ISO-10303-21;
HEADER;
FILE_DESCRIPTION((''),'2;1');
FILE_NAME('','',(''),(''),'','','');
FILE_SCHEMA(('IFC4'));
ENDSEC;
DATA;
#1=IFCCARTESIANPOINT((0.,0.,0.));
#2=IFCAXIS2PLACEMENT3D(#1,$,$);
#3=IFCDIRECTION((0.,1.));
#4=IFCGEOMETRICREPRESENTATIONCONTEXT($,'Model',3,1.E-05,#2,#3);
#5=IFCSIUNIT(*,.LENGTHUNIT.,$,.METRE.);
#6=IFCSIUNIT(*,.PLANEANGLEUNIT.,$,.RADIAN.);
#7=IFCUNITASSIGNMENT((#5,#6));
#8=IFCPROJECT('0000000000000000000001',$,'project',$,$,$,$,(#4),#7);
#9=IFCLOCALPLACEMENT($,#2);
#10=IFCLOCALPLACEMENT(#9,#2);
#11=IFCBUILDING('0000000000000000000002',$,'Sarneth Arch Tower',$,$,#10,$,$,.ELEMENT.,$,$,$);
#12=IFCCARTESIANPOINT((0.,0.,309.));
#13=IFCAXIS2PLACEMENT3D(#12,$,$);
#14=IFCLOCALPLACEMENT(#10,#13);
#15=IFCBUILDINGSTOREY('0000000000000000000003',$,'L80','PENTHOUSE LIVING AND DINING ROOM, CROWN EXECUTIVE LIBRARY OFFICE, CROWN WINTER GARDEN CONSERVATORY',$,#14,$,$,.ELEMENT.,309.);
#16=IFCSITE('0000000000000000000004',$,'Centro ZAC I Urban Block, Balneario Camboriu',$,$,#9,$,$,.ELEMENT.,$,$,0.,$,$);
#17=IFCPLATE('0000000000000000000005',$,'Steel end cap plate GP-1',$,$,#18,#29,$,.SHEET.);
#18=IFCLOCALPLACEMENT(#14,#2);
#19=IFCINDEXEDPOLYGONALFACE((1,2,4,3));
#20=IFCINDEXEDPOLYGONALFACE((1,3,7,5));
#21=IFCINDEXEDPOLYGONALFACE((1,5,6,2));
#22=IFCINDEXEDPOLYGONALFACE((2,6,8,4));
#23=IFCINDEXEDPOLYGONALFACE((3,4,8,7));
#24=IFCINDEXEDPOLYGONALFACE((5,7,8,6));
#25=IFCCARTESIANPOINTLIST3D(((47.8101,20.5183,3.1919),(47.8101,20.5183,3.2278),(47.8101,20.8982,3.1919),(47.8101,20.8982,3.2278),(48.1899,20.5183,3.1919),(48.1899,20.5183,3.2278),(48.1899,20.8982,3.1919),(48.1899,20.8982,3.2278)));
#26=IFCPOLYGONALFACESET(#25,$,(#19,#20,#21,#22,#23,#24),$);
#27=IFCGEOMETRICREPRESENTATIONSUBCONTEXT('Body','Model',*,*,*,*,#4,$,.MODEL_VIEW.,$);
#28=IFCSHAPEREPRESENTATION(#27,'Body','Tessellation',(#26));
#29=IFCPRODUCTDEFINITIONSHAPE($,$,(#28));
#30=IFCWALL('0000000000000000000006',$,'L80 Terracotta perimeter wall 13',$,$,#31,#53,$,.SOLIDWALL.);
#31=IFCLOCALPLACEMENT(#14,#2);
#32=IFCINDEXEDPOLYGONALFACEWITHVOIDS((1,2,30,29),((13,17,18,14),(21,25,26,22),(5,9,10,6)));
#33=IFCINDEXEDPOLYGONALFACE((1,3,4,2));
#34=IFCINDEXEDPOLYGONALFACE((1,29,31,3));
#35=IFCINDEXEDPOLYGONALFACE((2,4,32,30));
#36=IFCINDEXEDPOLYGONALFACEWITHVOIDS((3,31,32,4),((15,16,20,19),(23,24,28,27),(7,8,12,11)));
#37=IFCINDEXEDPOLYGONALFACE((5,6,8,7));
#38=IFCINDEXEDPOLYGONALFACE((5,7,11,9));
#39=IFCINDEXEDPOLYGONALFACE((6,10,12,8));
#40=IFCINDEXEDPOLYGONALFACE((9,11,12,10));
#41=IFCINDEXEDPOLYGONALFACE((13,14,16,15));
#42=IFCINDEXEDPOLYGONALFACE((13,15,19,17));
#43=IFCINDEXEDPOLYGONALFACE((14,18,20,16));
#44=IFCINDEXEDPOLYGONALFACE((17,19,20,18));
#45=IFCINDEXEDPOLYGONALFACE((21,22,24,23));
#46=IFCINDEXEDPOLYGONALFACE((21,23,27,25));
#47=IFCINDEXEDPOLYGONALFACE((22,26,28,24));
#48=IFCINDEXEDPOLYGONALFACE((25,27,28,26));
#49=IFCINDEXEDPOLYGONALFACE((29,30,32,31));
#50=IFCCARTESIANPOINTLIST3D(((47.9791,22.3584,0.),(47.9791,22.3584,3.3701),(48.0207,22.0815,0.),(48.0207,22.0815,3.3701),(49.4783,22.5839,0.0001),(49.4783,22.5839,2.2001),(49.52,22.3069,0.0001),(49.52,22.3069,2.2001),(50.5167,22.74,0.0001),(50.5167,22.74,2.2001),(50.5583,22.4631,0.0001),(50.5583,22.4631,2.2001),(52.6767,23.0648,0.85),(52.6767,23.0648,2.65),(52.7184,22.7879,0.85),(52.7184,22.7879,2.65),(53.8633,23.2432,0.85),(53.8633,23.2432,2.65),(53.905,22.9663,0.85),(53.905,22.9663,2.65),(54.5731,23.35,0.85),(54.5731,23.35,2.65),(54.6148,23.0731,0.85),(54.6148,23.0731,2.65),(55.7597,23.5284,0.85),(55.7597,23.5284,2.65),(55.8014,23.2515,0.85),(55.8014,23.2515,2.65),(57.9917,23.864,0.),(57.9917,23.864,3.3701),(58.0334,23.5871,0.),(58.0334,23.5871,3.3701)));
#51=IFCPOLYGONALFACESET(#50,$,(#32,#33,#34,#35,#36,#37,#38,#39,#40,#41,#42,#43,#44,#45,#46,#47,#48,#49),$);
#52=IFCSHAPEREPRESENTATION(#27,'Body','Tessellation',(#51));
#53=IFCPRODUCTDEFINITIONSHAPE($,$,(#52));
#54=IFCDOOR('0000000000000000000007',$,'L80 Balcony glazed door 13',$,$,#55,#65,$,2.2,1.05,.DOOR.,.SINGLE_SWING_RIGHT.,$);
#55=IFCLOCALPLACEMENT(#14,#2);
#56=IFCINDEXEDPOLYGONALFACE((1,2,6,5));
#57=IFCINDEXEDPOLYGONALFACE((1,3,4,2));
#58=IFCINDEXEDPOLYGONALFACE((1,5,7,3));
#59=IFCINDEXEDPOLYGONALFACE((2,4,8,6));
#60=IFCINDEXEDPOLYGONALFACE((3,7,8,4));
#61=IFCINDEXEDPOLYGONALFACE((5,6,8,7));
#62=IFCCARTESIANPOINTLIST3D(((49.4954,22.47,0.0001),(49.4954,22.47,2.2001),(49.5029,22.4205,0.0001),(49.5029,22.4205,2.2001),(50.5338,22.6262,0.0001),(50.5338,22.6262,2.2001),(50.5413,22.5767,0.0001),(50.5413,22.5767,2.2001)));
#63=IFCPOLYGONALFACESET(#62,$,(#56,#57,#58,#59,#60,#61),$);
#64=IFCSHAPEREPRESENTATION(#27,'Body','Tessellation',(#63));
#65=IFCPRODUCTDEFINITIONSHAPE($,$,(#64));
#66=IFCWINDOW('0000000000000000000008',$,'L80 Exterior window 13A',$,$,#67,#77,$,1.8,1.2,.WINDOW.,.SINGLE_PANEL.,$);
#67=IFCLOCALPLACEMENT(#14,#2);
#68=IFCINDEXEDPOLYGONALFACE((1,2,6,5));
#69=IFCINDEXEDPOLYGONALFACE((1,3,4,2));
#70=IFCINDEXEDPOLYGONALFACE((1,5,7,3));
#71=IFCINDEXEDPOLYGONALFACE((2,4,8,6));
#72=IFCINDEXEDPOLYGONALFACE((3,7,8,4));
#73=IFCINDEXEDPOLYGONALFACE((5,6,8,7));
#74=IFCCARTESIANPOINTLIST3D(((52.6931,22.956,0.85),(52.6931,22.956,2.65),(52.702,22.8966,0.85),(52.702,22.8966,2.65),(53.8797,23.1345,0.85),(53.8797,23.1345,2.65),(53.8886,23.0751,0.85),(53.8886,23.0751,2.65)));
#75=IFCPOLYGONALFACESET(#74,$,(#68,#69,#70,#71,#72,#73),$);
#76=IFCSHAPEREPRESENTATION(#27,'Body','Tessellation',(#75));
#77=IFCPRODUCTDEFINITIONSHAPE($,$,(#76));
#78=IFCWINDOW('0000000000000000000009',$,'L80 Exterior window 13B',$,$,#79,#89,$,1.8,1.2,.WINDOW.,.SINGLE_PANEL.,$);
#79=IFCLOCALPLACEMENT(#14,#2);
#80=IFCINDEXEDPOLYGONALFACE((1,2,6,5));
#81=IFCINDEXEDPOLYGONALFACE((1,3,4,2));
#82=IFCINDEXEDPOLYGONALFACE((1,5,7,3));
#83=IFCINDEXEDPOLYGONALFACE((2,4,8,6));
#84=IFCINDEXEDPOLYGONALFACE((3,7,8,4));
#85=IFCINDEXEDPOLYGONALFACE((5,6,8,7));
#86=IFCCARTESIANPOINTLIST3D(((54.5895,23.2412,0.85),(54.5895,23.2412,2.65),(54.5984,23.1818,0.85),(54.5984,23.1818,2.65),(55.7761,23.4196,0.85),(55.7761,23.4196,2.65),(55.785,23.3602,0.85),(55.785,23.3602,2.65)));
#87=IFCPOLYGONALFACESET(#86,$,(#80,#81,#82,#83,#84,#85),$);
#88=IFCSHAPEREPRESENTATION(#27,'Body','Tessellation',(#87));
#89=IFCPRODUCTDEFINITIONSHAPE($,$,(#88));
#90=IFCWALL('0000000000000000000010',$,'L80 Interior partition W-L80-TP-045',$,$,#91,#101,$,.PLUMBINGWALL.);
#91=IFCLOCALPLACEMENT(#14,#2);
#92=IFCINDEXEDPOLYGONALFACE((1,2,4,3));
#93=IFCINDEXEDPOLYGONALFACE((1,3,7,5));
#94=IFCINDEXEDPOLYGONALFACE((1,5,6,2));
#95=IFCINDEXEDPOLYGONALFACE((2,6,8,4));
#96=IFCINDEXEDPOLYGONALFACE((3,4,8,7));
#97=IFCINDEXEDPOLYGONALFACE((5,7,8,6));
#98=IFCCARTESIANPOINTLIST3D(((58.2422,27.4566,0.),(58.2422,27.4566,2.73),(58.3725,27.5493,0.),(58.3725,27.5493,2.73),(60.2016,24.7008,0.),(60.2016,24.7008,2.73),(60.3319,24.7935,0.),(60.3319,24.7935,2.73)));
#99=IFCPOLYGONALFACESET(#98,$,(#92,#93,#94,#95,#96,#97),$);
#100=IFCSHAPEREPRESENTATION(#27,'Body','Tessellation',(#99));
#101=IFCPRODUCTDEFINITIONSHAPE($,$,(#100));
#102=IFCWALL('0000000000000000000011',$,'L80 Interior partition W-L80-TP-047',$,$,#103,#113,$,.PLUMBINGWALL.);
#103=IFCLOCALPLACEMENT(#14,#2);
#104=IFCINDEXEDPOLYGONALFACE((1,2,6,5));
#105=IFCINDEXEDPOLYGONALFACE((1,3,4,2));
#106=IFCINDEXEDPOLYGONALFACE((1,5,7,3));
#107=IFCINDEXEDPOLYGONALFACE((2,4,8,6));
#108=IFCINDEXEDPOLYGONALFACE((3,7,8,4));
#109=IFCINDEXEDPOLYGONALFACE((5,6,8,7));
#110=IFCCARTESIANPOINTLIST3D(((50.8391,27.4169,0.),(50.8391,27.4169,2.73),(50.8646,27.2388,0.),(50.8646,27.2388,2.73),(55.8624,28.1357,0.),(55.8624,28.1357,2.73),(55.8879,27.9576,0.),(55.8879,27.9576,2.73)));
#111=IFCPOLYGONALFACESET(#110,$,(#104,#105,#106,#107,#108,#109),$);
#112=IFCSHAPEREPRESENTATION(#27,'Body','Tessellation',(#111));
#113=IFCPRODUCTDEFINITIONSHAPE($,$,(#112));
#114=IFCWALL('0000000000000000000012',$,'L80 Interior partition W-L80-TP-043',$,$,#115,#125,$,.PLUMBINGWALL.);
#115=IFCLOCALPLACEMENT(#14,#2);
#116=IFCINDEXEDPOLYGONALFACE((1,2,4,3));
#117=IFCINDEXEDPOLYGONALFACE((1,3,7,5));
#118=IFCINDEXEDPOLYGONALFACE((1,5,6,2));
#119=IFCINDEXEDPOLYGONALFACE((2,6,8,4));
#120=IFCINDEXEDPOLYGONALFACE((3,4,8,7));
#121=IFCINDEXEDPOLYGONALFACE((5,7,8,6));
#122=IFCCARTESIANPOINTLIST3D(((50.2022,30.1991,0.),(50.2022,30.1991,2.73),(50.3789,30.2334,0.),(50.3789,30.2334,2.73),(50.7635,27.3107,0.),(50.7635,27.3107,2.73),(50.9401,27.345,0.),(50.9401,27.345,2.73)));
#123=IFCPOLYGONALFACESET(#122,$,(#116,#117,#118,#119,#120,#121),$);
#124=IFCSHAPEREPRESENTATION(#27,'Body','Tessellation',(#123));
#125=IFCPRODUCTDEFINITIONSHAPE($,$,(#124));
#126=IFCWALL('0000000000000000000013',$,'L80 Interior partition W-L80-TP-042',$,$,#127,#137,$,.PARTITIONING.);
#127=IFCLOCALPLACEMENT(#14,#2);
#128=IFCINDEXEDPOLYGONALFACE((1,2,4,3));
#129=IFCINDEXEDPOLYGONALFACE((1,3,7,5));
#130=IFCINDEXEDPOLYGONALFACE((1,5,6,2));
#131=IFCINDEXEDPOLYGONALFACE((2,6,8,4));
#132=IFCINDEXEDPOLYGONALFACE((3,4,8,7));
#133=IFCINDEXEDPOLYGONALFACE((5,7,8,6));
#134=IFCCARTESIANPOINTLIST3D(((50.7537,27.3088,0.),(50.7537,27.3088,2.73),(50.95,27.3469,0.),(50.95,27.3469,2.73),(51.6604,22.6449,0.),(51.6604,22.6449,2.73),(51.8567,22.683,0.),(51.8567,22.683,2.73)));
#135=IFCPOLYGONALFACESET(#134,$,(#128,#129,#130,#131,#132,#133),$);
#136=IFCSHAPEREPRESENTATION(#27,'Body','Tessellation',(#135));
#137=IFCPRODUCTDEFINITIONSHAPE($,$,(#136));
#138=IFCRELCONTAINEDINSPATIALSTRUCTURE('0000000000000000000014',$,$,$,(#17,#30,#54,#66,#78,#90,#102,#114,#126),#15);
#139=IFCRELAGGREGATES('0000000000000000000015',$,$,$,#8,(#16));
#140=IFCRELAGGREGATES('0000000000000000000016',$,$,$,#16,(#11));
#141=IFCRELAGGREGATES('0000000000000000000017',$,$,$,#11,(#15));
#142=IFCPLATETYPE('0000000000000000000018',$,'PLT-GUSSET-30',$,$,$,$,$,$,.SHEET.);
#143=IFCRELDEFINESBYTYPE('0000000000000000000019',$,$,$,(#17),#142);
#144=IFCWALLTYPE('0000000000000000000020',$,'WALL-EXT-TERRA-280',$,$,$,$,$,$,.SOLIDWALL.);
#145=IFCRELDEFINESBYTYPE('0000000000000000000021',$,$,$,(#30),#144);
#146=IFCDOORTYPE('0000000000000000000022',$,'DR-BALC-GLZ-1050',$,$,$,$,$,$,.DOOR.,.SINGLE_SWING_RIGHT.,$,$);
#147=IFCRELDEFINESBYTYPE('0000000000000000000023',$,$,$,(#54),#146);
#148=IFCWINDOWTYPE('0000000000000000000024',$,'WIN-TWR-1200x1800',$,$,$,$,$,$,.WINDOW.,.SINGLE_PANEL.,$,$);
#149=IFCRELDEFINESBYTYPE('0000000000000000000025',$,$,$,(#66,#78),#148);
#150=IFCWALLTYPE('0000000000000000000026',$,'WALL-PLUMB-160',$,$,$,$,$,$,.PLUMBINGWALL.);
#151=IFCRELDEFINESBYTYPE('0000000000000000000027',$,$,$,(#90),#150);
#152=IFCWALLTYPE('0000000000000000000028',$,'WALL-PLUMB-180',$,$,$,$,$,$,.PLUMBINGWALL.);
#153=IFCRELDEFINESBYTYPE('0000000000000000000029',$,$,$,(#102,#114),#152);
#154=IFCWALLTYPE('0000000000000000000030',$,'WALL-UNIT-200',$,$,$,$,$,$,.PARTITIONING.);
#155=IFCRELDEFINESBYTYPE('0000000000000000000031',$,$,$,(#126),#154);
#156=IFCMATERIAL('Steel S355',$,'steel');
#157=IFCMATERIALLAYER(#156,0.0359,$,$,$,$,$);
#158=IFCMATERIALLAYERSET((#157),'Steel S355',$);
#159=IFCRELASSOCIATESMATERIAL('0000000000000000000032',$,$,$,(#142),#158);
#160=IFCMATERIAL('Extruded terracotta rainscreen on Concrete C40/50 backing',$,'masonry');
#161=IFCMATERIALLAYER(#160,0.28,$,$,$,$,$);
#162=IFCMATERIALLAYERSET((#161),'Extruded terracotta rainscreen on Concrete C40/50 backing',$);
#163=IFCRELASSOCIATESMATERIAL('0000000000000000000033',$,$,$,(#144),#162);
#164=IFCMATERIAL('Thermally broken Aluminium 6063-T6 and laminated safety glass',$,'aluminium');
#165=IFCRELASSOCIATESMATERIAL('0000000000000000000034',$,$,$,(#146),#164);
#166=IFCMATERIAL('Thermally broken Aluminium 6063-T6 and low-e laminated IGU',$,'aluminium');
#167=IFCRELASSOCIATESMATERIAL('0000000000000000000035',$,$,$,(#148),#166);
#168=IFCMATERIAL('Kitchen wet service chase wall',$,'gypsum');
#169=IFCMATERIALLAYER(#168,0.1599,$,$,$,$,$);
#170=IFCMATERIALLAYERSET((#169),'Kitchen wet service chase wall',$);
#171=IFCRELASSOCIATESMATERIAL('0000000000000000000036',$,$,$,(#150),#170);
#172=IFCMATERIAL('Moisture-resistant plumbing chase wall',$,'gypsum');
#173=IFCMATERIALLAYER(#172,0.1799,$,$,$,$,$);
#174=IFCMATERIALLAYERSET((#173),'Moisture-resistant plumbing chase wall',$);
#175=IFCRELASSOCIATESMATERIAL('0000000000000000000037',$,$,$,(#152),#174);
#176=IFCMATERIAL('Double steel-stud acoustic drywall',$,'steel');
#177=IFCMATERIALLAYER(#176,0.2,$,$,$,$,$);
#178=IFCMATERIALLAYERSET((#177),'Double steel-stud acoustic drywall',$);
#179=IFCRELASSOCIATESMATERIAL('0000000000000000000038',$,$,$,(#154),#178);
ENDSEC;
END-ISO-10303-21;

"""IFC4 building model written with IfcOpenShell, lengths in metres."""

from ifc_helpers import new_model, si_unit, direction, frame, frame_2d, origin, origin_2d, place, context, subcontext, project, spatial, rectangle, extrude, material, layer, layer_set, type_object, element, fill, save


model = new_model("IFC4")

# Units and contexts
model_context = context("Model", 3, precision=1e-05, world=origin(), true_north=direction((0.0, 1.0)))
body_context = subcontext(model_context, "Body", "Model", "MODEL_VIEW")
ifc_project = project(units=[si_unit("LENGTHUNIT", "METRE"), si_unit("PLANEANGLEUNIT", "RADIAN")], contexts=[model_context])

# Site, building, storey
site_placement = place(None, origin())
site = spatial("IfcSite", under=ifc_project, at=site_placement, Name="Centro ZAC I Urban Block, Balneario Camboriu", CompositionType="ELEMENT", RefElevation=0.0)
building_placement = place(site_placement, origin())
building = spatial("IfcBuilding", under=site, at=building_placement, Name="Sarneth Arch Tower", CompositionType="ELEMENT")
storey_placement = place(building_placement, frame((0.0, 0.0, 309.0)))
storey = spatial("IfcBuildingStorey", under=building, at=storey_placement, Name="L80", Description="PENTHOUSE LIVING AND DINING ROOM, CROWN EXECUTIVE LIBRARY OFFICE, CROWN WINTER GARDEN CONSERVATORY", CompositionType="ELEMENT", Elevation=309.0)

# Plate
ifc_material_1 = material(Name="Steel S355", Category="steel")
ifc_layer_1 = layer(ifc_material_1, 0.0359)
ifc_layer_set_1 = layer_set([ifc_layer_1], Name="Steel S355")
plate_type_1 = type_object("IfcPlateType", Name="PLT-GUSSET-30", PredefinedType="SHEET", material=ifc_layer_set_1)
plate_1_placement = place(storey_placement, frame((48.0, 20.7083, 3.1919), z_axis=(0.0, 0.0, 1.0), x_axis=(0.0, -1.0, 0.0)))
element("IfcPlate", 1, at=plate_1_placement, inside=storey, type_object=plate_type_1, Name="Steel end cap plate GP-1", PredefinedType="SHEET", context=body_context, shape_type="SweptSolid", body=[
    extrude(rectangle(XDim=0.3799, YDim=0.3799, at=origin_2d()), origin(), (0.0, 0.0, 1.0), 0.0359),
])

# Wall, openings, door, windows
ifc_material_2 = material(Name="Extruded terracotta rainscreen on Concrete C40/50 backing", Category="masonry")
ifc_layer_2 = layer(ifc_material_2, 0.28)
ifc_layer_set_2 = layer_set([ifc_layer_2], Name="Extruded terracotta rainscreen on Concrete C40/50 backing")
wall_type_1 = type_object("IfcWallType", Name="WALL-EXT-TERRA-280", PredefinedType="SOLIDWALL", material=ifc_layer_set_2)
wall_1_placement = place(storey_placement, frame((48.0, 22.22, 0.0), z_axis=(0.0, 0.0, 1.0), x_axis=(0.988883, 0.148699, 0.0)))
wall_1 = element("IfcWall", 2, at=wall_1_placement, inside=storey, type_object=wall_type_1, Name="L80 Terracotta perimeter wall 13", PredefinedType="SOLIDWALL", context=body_context, shape_type="SweptSolid", body=[
    extrude(rectangle(XDim=10.1252, YDim=0.28, at=frame_2d((5.0625, 0.0))), origin(), (0.0, 0.0, 1.0), 3.3701),
])
opening_1_placement = place(wall_1_placement, frame((1.5161, 0.0, 0.0)))
opening_1 = element("IfcOpeningElement", 3, at=opening_1_placement, cuts=wall_1, PredefinedType="OPENING", context=body_context, shape_type="SweptSolid", body=[
    extrude(rectangle(XDim=1.05, YDim=2.2, at=frame_2d((0.5249, 1.1001))), frame((0.0, 0.1499, 0.0), z_axis=(0.0, -1.0, 0.0), x_axis=(1.0, 0.0, 0.0)), (0.0, 0.0, 1.0), 0.3),
])
opening_2_placement = place(wall_1_placement, frame((4.7502, 0.0, 0.8501)))
opening_2 = element("IfcOpeningElement", 4, at=opening_2_placement, cuts=wall_1, PredefinedType="OPENING", context=body_context, shape_type="SweptSolid", body=[
    extrude(rectangle(XDim=1.2, YDim=1.8, at=frame_2d((0.6001, 0.8999))), frame((0.0, 0.1499, 0.0), z_axis=(0.0, -1.0, 0.0), x_axis=(1.0, 0.0, 0.0)), (0.0, 0.0, 1.0), 0.3),
])
opening_3_placement = place(wall_1_placement, frame((6.668, 0.0, 0.8501)))
opening_3 = element("IfcOpeningElement", 5, at=opening_3_placement, cuts=wall_1, PredefinedType="OPENING", context=body_context, shape_type="SweptSolid", body=[
    extrude(rectangle(XDim=1.2, YDim=1.8, at=frame_2d((0.6001, 0.8999))), frame((0.0, 0.1499, 0.0), z_axis=(0.0, -1.0, 0.0), x_axis=(1.0, 0.0, 0.0)), (0.0, 0.0, 1.0), 0.3),
])
ifc_material_3 = material(Name="Thermally broken Aluminium 6063-T6 and laminated safety glass", Category="aluminium")
door_type = type_object("IfcDoorType", Name="DR-BALC-GLZ-1050", OperationType="SINGLE_SWING_RIGHT", PredefinedType="DOOR", material=ifc_material_3)
door_placement = place(opening_1_placement, origin())
door = element("IfcDoor", 6, at=door_placement, inside=storey, type_object=door_type, Name="L80 Balcony glazed door 13", OperationType="SINGLE_SWING_RIGHT", OverallHeight=2.2, OverallWidth=1.05, PredefinedType="DOOR", context=body_context, shape_type="SweptSolid", body=[
    extrude(rectangle(XDim=1.05, YDim=2.2, at=frame_2d((0.5249, 1.1001))), frame((0.0, 0.0249, 0.0), z_axis=(0.0, -1.0, 0.0), x_axis=(1.0, 0.0, 0.0)), (0.0, 0.0, 1.0), 0.05),
])
fill(opening_1, door)
ifc_material_4 = material(Name="Thermally broken Aluminium 6063-T6 and low-e laminated IGU", Category="aluminium")
window_type = type_object("IfcWindowType", Name="WIN-TWR-1200x1800", PartitioningType="SINGLE_PANEL", PredefinedType="WINDOW", material=ifc_material_4)
window_1_placement = place(opening_2_placement, origin())
window_1 = element("IfcWindow", 7, at=window_1_placement, inside=storey, type_object=window_type, Name="L80 Exterior window 13A", OverallHeight=1.8, OverallWidth=1.2, PartitioningType="SINGLE_PANEL", PredefinedType="WINDOW", context=body_context, shape_type="SweptSolid", body=[
    extrude(rectangle(XDim=1.2, YDim=1.8, at=frame_2d((0.6001, 0.8999))), frame((0.0, 0.03, 0.0), z_axis=(0.0, -1.0, 0.0), x_axis=(1.0, 0.0, 0.0)), (0.0, 0.0, 1.0), 0.0601),
])
fill(opening_2, window_1)
window_2_placement = place(opening_3_placement, origin())
window_2 = element("IfcWindow", 8, at=window_2_placement, inside=storey, type_object=window_type, Name="L80 Exterior window 13B", OverallHeight=1.8, OverallWidth=1.2, PartitioningType="SINGLE_PANEL", PredefinedType="WINDOW", context=body_context, shape_type="SweptSolid", body=[
    extrude(rectangle(XDim=1.2, YDim=1.8, at=frame_2d((0.6001, 0.8999))), frame((0.0, 0.03, 0.0), z_axis=(0.0, -1.0, 0.0), x_axis=(1.0, 0.0, 0.0)), (0.0, 0.0, 1.0), 0.0601),
])
fill(opening_3, window_2)

# Walls
ifc_material_5 = material(Name="Kitchen wet service chase wall", Category="gypsum")
ifc_layer_3 = layer(ifc_material_5, 0.1599)
ifc_layer_set_3 = layer_set([ifc_layer_3], Name="Kitchen wet service chase wall")
wall_type_2 = type_object("IfcWallType", Name="WALL-PLUMB-160", PredefinedType="PLUMBINGWALL", material=ifc_layer_set_3)
wall_2_placement = place(storey_placement, frame((58.3074, 27.5029, 0.0), z_axis=(0.0, 0.0, 1.0), x_axis=(0.579475, -0.81499, 0.0)))
element("IfcWall", 9, at=wall_2_placement, inside=storey, type_object=wall_type_2, Name="L80 Interior partition W-L80-TP-045", PredefinedType="PLUMBINGWALL", context=body_context, shape_type="SweptSolid", body=[
    extrude(rectangle(XDim=3.3813, YDim=0.1599, at=frame_2d((1.6907, 0.0))), origin(), (0.0, 0.0, 1.0), 2.73),
])
ifc_material_6 = material(Name="Moisture-resistant plumbing chase wall", Category="gypsum")
ifc_layer_4 = layer(ifc_material_6, 0.1799)
ifc_layer_set_4 = layer_set([ifc_layer_4], Name="Moisture-resistant plumbing chase wall")
wall_type_3 = type_object("IfcWallType", Name="WALL-PLUMB-180", PredefinedType="PLUMBINGWALL", material=ifc_layer_set_4)
wall_3_placement = place(storey_placement, frame((55.875, 28.0466, 0.0), z_axis=(0.0, 0.0, 1.0), x_axis=(-0.989918, -0.141644, 0.0)))
element("IfcWall", 10, at=wall_3_placement, inside=storey, type_object=wall_type_3, Name="L80 Interior partition W-L80-TP-047", PredefinedType="PLUMBINGWALL", context=body_context, shape_type="SweptSolid", body=[
    extrude(rectangle(XDim=5.0745, YDim=0.1799, at=frame_2d((2.5371, 0.0))), origin(), (0.0, 0.0, 1.0), 2.73),
])
wall_4_placement = place(storey_placement, frame((50.8518, 27.3279, 0.0), z_axis=(0.0, 0.0, 1.0), x_axis=(-0.190752, 0.981638, 0.0)))
element("IfcWall", 11, at=wall_4_placement, inside=storey, type_object=wall_type_3, Name="L80 Interior partition W-L80-TP-043", PredefinedType="PLUMBINGWALL", context=body_context, shape_type="SweptSolid", body=[
    extrude(rectangle(XDim=2.9424, YDim=0.1799, at=frame_2d((1.4712, 0.0))), origin(), (0.0, 0.0, 1.0), 2.73),
])
ifc_material_7 = material(Name="Double steel-stud acoustic drywall", Category="steel")
ifc_layer_5 = layer(ifc_material_7, 0.2)
ifc_layer_set_5 = layer_set([ifc_layer_5], Name="Double steel-stud acoustic drywall")
wall_type_4 = type_object("IfcWallType", Name="WALL-UNIT-200", PredefinedType="PARTITIONING", material=ifc_layer_set_5)
wall_5_placement = place(storey_placement, frame((51.7585, 22.6641, 0.0), z_axis=(0.0, 0.0, 1.0), x_axis=(-0.190846, 0.98162, 0.0)))
element("IfcWall", 12, at=wall_5_placement, inside=storey, type_object=wall_type_4, Name="L80 Interior partition W-L80-TP-042", PredefinedType="PARTITIONING", context=body_context, shape_type="SweptSolid", body=[
    extrude(rectangle(XDim=4.7512, YDim=0.2, at=frame_2d((2.3755, 0.0))), origin(), (0.0, 0.0, 1.0), 2.73),
])

save(model, "model.ifc")
